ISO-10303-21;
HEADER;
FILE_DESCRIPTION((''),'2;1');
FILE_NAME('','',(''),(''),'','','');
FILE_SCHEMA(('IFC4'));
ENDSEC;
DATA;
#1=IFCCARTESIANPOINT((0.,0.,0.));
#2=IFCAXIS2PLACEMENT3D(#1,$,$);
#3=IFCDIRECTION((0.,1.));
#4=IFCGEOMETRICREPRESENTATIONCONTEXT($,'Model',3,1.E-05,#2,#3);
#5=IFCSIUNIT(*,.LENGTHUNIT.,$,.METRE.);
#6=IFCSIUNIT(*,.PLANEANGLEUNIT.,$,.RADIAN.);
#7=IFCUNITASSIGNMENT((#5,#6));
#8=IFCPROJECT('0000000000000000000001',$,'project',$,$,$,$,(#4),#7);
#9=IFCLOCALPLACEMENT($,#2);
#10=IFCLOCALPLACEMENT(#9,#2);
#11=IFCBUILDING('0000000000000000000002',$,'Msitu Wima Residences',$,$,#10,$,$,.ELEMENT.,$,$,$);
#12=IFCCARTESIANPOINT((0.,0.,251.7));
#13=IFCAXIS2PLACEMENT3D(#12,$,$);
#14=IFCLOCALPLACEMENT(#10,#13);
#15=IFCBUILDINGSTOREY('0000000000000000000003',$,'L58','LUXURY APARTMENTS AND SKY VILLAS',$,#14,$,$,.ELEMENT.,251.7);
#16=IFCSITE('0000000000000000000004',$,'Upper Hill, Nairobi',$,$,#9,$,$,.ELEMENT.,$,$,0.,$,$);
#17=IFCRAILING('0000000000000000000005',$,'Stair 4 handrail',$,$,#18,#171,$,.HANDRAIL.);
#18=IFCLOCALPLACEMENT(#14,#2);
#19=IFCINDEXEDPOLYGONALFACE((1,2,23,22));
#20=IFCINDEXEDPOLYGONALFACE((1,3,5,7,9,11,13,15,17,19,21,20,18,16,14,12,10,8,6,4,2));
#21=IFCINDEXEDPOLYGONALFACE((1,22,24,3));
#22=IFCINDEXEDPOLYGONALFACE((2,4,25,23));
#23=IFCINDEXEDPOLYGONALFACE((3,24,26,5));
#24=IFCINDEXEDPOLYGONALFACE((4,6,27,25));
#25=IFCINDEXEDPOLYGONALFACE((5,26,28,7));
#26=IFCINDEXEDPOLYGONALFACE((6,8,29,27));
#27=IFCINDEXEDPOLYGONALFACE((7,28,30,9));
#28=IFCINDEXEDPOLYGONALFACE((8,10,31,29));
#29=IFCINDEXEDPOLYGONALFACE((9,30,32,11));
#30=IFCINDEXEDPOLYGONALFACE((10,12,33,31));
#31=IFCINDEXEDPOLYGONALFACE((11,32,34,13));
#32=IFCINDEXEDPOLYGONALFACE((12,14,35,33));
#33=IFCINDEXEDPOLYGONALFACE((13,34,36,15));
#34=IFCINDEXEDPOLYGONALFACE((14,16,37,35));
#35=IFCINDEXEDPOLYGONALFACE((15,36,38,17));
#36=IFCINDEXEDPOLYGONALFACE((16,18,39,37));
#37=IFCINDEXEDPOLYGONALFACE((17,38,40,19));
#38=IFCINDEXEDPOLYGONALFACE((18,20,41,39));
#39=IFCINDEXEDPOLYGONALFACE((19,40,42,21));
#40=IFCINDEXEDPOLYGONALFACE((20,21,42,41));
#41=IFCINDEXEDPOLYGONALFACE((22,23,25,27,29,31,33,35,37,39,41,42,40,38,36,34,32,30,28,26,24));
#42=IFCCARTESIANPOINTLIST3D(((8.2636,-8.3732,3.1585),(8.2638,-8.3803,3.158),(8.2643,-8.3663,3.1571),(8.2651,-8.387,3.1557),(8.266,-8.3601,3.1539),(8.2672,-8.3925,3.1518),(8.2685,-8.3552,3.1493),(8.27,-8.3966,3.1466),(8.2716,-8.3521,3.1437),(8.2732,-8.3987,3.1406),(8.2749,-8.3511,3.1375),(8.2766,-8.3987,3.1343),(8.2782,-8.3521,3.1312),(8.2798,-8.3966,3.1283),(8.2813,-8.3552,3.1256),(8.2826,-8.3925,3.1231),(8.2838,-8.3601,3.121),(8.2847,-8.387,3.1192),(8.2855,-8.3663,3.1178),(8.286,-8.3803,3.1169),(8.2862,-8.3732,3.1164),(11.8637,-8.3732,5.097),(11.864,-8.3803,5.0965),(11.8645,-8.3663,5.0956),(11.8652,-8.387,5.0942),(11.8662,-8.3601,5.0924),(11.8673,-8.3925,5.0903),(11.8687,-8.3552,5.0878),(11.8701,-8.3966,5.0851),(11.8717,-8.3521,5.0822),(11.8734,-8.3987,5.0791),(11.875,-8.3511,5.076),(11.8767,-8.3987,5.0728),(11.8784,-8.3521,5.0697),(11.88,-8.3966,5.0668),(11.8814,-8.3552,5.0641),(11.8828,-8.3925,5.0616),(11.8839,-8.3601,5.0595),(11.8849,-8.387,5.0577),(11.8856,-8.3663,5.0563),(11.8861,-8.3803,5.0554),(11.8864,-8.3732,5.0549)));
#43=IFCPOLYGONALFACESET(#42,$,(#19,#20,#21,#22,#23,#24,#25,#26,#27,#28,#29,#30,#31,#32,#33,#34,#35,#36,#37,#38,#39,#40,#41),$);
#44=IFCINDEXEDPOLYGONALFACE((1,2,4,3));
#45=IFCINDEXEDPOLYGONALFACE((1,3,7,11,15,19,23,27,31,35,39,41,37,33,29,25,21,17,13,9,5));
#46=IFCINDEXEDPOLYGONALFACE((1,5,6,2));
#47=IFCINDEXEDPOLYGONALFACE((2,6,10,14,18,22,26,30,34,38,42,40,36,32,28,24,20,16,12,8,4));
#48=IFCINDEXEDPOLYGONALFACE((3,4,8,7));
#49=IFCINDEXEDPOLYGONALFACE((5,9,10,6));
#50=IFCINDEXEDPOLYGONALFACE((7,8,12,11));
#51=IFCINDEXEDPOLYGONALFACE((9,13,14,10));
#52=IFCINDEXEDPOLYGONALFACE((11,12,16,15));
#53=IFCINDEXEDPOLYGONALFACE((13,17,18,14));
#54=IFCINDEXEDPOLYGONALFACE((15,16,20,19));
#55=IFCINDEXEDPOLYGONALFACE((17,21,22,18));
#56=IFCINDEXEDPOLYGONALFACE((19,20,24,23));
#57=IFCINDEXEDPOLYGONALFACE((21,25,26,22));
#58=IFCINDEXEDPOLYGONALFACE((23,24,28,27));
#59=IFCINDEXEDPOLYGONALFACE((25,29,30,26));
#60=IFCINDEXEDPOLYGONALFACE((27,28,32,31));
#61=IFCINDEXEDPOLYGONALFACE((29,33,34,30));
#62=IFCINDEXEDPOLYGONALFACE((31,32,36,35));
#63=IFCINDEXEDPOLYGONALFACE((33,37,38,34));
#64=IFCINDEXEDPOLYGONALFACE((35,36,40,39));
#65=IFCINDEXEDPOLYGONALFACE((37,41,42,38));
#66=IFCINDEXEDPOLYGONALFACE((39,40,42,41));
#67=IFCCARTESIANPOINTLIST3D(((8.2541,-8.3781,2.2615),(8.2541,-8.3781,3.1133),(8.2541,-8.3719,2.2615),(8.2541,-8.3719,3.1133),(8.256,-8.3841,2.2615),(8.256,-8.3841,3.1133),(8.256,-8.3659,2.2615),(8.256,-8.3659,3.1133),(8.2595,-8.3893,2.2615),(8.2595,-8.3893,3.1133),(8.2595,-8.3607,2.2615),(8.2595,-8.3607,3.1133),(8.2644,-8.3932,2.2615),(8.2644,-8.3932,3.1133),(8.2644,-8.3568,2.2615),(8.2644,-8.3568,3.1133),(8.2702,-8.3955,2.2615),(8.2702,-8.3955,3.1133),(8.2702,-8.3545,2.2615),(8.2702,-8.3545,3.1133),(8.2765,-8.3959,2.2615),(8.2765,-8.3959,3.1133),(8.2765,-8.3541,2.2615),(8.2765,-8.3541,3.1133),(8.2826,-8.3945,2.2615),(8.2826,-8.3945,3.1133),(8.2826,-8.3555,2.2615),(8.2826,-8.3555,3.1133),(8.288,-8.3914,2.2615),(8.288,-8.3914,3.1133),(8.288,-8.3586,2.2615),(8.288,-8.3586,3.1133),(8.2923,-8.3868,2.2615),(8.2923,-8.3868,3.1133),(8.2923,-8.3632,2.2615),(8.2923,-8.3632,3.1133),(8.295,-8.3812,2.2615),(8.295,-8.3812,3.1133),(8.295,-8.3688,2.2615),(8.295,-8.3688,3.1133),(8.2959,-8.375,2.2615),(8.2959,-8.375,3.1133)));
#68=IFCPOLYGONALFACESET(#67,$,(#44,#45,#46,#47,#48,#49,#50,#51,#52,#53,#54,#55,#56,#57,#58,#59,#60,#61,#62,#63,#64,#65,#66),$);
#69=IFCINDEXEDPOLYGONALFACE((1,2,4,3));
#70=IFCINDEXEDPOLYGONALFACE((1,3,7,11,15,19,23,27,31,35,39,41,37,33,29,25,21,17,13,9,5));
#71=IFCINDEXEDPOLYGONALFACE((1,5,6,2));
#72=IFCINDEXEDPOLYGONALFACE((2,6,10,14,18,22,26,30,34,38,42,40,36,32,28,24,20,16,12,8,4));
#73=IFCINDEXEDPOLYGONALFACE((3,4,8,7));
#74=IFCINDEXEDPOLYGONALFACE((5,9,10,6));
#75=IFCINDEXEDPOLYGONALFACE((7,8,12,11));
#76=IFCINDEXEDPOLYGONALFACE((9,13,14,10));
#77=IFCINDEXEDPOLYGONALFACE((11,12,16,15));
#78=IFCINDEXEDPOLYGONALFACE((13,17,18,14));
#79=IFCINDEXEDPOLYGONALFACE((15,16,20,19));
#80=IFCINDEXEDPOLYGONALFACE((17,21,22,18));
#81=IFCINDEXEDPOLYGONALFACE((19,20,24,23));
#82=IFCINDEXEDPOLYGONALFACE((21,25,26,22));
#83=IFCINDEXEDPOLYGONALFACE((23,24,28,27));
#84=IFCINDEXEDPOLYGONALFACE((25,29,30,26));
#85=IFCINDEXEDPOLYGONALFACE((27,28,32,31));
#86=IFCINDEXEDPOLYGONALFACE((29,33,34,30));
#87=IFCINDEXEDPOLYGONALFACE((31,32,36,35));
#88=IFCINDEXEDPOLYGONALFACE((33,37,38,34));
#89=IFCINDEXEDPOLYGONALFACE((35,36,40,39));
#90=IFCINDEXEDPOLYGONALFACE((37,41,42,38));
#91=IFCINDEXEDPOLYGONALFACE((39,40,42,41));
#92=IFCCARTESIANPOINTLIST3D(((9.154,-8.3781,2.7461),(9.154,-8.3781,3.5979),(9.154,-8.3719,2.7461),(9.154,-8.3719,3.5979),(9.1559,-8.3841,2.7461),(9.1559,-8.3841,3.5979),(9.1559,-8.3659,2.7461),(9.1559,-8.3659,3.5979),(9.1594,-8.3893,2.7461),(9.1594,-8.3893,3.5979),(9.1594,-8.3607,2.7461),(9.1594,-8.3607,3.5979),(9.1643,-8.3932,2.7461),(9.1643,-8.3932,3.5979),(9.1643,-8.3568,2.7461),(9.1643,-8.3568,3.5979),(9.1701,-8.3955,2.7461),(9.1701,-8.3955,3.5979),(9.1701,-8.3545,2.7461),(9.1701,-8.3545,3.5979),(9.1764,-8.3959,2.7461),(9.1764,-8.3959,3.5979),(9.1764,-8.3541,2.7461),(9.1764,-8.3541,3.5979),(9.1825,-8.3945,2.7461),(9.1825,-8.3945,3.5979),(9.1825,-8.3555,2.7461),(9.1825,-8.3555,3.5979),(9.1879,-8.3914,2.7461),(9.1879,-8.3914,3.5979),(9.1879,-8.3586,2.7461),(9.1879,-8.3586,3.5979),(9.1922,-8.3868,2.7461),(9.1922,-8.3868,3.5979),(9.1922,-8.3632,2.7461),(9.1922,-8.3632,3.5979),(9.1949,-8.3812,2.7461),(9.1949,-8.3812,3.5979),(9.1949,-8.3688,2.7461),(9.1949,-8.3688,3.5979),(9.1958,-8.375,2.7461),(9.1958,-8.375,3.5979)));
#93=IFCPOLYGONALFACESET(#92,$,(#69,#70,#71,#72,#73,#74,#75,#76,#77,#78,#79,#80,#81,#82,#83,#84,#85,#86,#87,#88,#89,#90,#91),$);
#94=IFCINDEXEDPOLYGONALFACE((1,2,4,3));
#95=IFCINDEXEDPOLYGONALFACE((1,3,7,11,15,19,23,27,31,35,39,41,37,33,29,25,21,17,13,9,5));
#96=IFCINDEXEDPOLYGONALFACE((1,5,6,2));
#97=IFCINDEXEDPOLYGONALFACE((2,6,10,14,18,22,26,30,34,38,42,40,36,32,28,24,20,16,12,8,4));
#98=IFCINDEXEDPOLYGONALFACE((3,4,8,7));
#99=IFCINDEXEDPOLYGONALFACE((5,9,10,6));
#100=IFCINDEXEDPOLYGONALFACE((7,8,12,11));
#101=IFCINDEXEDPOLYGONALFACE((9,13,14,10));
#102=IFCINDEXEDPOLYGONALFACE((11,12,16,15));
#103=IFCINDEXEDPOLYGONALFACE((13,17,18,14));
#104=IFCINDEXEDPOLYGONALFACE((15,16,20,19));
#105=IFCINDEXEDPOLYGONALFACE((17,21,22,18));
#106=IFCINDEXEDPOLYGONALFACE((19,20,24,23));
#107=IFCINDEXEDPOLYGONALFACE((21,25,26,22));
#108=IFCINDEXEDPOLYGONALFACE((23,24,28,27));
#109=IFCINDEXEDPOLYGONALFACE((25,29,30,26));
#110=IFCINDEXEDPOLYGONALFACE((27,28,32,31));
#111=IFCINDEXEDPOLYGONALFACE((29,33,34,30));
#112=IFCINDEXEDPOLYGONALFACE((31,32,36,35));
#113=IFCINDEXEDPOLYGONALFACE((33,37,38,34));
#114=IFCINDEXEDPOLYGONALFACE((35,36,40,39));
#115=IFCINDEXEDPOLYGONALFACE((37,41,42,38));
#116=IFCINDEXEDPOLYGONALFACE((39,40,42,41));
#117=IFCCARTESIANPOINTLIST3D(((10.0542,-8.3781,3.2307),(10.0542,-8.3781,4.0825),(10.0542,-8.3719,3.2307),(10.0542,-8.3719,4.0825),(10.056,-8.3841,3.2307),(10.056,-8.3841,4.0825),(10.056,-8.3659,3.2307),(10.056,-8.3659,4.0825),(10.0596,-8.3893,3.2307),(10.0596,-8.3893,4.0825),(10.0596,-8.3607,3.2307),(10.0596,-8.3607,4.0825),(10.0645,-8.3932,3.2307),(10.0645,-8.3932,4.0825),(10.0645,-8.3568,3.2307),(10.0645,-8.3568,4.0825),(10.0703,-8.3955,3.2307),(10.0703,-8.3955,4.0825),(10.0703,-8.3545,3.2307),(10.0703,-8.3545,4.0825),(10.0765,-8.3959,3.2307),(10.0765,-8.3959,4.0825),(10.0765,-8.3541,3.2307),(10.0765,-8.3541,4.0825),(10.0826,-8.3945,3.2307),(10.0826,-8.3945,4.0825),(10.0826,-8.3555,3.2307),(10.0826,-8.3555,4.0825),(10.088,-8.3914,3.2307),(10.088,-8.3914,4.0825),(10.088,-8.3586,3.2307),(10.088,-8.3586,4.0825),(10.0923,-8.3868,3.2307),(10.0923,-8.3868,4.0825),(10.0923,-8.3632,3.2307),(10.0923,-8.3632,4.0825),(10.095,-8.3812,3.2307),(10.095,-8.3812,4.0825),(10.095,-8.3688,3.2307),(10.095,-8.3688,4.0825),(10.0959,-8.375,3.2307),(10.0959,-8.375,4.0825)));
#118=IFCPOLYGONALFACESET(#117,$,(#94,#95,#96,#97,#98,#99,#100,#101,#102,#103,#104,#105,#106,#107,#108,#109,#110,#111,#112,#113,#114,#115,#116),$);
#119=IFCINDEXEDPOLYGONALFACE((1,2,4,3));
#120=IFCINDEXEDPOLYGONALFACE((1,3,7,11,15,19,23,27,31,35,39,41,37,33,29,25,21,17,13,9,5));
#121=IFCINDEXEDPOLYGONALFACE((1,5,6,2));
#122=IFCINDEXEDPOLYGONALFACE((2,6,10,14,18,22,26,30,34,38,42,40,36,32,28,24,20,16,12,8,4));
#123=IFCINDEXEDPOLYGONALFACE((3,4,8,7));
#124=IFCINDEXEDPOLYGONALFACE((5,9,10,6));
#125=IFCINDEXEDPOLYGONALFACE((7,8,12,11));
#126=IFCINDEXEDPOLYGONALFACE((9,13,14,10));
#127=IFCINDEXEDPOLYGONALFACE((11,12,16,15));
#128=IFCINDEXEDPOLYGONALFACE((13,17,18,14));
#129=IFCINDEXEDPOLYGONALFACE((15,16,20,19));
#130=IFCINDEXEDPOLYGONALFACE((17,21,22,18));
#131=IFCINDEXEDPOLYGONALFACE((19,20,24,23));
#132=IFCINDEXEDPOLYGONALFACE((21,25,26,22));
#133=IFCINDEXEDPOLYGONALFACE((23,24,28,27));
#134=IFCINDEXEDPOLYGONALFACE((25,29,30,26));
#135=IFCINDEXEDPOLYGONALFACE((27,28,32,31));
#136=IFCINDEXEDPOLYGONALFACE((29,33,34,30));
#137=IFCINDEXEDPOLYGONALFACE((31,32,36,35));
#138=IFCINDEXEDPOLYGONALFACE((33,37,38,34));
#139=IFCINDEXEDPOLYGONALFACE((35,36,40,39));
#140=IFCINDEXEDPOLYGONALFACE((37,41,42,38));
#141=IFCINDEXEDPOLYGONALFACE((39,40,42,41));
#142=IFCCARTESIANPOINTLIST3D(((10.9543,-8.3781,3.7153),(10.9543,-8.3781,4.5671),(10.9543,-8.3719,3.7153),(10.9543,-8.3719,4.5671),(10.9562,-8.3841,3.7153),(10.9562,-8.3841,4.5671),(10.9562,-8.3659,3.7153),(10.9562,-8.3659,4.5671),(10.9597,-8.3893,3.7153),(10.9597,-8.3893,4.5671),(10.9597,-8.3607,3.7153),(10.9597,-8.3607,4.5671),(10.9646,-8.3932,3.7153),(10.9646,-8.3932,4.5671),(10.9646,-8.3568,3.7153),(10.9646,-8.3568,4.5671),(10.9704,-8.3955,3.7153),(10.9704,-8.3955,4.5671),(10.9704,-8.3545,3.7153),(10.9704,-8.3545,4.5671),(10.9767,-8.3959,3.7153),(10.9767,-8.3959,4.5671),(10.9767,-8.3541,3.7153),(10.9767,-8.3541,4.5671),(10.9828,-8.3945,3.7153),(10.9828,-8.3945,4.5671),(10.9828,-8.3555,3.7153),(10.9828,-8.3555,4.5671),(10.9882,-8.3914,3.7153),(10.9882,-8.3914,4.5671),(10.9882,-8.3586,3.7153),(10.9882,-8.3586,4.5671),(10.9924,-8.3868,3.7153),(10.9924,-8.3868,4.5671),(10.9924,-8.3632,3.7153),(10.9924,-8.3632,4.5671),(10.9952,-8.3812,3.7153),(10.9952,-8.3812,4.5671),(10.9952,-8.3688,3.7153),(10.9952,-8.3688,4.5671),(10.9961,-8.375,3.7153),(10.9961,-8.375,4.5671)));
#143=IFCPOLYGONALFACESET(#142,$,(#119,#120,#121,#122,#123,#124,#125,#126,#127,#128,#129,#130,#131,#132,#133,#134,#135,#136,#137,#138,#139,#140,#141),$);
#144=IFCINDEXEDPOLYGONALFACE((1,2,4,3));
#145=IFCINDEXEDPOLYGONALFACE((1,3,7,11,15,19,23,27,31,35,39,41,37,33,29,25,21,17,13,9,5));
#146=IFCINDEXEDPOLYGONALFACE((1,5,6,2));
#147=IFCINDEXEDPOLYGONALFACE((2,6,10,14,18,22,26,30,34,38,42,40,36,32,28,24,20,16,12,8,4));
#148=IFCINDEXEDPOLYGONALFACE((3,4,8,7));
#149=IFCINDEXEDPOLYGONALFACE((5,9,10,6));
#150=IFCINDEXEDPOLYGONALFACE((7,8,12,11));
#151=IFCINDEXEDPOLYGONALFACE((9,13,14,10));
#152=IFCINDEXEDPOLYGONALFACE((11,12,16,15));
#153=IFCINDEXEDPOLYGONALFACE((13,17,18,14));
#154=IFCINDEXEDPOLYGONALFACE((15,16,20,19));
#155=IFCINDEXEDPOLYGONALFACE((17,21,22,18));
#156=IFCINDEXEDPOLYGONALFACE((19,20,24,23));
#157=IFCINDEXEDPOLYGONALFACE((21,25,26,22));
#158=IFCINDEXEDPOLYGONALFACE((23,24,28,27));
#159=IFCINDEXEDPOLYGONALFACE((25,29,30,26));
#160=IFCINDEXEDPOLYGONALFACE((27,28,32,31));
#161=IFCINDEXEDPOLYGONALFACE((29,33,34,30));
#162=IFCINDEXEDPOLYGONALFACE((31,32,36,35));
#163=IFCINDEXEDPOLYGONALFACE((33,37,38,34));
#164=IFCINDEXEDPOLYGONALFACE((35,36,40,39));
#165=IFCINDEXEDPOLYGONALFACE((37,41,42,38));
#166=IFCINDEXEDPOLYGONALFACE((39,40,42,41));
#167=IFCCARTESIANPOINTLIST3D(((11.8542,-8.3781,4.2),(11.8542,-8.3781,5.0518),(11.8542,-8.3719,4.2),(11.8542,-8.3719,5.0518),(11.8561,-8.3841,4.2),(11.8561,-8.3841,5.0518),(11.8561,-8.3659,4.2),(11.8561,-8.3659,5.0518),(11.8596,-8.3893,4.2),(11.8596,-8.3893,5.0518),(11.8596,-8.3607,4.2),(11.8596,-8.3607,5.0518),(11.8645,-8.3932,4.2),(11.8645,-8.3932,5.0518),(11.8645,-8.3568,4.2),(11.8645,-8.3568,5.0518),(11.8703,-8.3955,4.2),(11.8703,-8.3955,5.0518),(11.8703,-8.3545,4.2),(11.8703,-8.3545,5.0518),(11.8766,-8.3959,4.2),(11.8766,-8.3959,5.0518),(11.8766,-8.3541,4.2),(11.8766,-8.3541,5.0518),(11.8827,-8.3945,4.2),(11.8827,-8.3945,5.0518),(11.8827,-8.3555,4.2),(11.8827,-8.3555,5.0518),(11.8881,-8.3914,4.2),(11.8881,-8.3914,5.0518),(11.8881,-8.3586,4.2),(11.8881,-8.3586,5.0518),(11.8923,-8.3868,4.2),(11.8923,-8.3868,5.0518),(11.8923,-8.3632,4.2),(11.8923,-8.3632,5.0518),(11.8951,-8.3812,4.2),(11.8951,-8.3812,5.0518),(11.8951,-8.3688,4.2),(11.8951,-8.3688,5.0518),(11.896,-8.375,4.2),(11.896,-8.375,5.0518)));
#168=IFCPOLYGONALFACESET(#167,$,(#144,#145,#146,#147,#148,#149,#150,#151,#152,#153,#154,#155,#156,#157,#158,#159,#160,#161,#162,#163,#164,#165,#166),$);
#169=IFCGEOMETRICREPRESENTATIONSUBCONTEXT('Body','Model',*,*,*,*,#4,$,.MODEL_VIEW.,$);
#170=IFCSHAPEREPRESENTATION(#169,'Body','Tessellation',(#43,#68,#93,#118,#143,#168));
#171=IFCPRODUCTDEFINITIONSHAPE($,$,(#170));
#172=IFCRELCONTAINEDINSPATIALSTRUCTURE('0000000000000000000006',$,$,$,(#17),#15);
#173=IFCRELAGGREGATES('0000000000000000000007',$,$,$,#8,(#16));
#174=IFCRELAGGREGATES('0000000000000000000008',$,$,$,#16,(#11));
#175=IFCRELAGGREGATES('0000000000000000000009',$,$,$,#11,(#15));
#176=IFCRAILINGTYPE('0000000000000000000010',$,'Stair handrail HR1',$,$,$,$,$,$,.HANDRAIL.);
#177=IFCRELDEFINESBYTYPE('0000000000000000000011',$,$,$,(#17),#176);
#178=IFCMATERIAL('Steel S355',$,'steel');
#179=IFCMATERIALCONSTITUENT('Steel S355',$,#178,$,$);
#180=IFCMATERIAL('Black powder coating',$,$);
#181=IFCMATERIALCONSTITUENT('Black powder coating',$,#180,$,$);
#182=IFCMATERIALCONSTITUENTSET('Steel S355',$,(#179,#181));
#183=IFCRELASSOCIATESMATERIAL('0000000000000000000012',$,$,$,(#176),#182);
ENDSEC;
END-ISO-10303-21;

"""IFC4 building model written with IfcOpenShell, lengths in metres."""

from ifc_helpers import new_model, si_unit, direction, frame, origin, origin_2d, place, context, subcontext, project, spatial, circle, extrude, material, constituent, constituent_set, type_object, element, save


model = new_model("IFC4")

# Units and contexts
model_context = context("Model", 3, precision=1e-05, world=origin(), true_north=direction((0.0, 1.0)))
body_context = subcontext(model_context, "Body", "Model", "MODEL_VIEW")
ifc_project = project(units=[si_unit("LENGTHUNIT", "METRE"), si_unit("PLANEANGLEUNIT", "RADIAN")], contexts=[model_context])

# Site, building, storey
site_placement = place(None, origin())
site = spatial("IfcSite", under=ifc_project, at=site_placement, Name="Upper Hill, Nairobi", CompositionType="ELEMENT", RefElevation=0.0)
building_placement = place(site_placement, origin())
building = spatial("IfcBuilding", under=site, at=building_placement, Name="Msitu Wima Residences", CompositionType="ELEMENT")
storey_placement = place(building_placement, frame((0.0, 0.0, 251.7)))
storey = spatial("IfcBuildingStorey", under=building, at=storey_placement, Name="L58", Description="LUXURY APARTMENTS AND SKY VILLAS", CompositionType="ELEMENT", Elevation=251.7)

# Railing
ifc_material_1 = material(Name="Steel S355", Category="steel")
ifc_constituent_1 = constituent(ifc_material_1, Name="Steel S355")
ifc_material_2 = material(Name="Black powder coating")
ifc_constituent_2 = constituent(ifc_material_2, Name="Black powder coating")
ifc_constituent_set = constituent_set(constituents=[ifc_constituent_1, ifc_constituent_2], Name="Steel S355")
railing_type = type_object("IfcRailingType", Name="Stair handrail HR1", PredefinedType="HANDRAIL", material=ifc_constituent_set)
for number, where, name in (
    (1, (8.2749, -8.375, 2.2615), "Stair 4 handrail"),
):
    element("IfcRailing", number, at=place(storey_placement, frame(where)), inside=storey, type_object=railing_type, Name=name, PredefinedType="HANDRAIL", context=body_context, shape_type="SweptSolid", body=[
        extrude(circle(Radius=0.0239, at=origin_2d()), frame((0.0, 0.0, 0.876), z_axis=(0.880475, 0.0, 0.474093), x_axis=(0.0, 1.0, 0.0)), (0.0, 0.0, 1.0), 4.0889),
        extrude(circle(Radius=0.021, at=origin_2d()), origin(), (0.0, 0.0, 1.0), 0.8518),
        extrude(circle(Radius=0.021, at=origin_2d()), frame((0.8999, 0.0, 0.4846)), (0.0, 0.0, 1.0), 0.8518),
        extrude(circle(Radius=0.021, at=origin_2d()), frame((1.8, 0.0, 0.9692)), (0.0, 0.0, 1.0), 0.8518),
        extrude(circle(Radius=0.021, at=origin_2d()), frame((2.7002, 0.0, 1.4539)), (0.0, 0.0, 1.0), 0.8518),
        extrude(circle(Radius=0.021, at=origin_2d()), frame((3.6001, 0.0, 1.9385)), (0.0, 0.0, 1.0), 0.8518),
    ])

save(model, "model.ifc")
